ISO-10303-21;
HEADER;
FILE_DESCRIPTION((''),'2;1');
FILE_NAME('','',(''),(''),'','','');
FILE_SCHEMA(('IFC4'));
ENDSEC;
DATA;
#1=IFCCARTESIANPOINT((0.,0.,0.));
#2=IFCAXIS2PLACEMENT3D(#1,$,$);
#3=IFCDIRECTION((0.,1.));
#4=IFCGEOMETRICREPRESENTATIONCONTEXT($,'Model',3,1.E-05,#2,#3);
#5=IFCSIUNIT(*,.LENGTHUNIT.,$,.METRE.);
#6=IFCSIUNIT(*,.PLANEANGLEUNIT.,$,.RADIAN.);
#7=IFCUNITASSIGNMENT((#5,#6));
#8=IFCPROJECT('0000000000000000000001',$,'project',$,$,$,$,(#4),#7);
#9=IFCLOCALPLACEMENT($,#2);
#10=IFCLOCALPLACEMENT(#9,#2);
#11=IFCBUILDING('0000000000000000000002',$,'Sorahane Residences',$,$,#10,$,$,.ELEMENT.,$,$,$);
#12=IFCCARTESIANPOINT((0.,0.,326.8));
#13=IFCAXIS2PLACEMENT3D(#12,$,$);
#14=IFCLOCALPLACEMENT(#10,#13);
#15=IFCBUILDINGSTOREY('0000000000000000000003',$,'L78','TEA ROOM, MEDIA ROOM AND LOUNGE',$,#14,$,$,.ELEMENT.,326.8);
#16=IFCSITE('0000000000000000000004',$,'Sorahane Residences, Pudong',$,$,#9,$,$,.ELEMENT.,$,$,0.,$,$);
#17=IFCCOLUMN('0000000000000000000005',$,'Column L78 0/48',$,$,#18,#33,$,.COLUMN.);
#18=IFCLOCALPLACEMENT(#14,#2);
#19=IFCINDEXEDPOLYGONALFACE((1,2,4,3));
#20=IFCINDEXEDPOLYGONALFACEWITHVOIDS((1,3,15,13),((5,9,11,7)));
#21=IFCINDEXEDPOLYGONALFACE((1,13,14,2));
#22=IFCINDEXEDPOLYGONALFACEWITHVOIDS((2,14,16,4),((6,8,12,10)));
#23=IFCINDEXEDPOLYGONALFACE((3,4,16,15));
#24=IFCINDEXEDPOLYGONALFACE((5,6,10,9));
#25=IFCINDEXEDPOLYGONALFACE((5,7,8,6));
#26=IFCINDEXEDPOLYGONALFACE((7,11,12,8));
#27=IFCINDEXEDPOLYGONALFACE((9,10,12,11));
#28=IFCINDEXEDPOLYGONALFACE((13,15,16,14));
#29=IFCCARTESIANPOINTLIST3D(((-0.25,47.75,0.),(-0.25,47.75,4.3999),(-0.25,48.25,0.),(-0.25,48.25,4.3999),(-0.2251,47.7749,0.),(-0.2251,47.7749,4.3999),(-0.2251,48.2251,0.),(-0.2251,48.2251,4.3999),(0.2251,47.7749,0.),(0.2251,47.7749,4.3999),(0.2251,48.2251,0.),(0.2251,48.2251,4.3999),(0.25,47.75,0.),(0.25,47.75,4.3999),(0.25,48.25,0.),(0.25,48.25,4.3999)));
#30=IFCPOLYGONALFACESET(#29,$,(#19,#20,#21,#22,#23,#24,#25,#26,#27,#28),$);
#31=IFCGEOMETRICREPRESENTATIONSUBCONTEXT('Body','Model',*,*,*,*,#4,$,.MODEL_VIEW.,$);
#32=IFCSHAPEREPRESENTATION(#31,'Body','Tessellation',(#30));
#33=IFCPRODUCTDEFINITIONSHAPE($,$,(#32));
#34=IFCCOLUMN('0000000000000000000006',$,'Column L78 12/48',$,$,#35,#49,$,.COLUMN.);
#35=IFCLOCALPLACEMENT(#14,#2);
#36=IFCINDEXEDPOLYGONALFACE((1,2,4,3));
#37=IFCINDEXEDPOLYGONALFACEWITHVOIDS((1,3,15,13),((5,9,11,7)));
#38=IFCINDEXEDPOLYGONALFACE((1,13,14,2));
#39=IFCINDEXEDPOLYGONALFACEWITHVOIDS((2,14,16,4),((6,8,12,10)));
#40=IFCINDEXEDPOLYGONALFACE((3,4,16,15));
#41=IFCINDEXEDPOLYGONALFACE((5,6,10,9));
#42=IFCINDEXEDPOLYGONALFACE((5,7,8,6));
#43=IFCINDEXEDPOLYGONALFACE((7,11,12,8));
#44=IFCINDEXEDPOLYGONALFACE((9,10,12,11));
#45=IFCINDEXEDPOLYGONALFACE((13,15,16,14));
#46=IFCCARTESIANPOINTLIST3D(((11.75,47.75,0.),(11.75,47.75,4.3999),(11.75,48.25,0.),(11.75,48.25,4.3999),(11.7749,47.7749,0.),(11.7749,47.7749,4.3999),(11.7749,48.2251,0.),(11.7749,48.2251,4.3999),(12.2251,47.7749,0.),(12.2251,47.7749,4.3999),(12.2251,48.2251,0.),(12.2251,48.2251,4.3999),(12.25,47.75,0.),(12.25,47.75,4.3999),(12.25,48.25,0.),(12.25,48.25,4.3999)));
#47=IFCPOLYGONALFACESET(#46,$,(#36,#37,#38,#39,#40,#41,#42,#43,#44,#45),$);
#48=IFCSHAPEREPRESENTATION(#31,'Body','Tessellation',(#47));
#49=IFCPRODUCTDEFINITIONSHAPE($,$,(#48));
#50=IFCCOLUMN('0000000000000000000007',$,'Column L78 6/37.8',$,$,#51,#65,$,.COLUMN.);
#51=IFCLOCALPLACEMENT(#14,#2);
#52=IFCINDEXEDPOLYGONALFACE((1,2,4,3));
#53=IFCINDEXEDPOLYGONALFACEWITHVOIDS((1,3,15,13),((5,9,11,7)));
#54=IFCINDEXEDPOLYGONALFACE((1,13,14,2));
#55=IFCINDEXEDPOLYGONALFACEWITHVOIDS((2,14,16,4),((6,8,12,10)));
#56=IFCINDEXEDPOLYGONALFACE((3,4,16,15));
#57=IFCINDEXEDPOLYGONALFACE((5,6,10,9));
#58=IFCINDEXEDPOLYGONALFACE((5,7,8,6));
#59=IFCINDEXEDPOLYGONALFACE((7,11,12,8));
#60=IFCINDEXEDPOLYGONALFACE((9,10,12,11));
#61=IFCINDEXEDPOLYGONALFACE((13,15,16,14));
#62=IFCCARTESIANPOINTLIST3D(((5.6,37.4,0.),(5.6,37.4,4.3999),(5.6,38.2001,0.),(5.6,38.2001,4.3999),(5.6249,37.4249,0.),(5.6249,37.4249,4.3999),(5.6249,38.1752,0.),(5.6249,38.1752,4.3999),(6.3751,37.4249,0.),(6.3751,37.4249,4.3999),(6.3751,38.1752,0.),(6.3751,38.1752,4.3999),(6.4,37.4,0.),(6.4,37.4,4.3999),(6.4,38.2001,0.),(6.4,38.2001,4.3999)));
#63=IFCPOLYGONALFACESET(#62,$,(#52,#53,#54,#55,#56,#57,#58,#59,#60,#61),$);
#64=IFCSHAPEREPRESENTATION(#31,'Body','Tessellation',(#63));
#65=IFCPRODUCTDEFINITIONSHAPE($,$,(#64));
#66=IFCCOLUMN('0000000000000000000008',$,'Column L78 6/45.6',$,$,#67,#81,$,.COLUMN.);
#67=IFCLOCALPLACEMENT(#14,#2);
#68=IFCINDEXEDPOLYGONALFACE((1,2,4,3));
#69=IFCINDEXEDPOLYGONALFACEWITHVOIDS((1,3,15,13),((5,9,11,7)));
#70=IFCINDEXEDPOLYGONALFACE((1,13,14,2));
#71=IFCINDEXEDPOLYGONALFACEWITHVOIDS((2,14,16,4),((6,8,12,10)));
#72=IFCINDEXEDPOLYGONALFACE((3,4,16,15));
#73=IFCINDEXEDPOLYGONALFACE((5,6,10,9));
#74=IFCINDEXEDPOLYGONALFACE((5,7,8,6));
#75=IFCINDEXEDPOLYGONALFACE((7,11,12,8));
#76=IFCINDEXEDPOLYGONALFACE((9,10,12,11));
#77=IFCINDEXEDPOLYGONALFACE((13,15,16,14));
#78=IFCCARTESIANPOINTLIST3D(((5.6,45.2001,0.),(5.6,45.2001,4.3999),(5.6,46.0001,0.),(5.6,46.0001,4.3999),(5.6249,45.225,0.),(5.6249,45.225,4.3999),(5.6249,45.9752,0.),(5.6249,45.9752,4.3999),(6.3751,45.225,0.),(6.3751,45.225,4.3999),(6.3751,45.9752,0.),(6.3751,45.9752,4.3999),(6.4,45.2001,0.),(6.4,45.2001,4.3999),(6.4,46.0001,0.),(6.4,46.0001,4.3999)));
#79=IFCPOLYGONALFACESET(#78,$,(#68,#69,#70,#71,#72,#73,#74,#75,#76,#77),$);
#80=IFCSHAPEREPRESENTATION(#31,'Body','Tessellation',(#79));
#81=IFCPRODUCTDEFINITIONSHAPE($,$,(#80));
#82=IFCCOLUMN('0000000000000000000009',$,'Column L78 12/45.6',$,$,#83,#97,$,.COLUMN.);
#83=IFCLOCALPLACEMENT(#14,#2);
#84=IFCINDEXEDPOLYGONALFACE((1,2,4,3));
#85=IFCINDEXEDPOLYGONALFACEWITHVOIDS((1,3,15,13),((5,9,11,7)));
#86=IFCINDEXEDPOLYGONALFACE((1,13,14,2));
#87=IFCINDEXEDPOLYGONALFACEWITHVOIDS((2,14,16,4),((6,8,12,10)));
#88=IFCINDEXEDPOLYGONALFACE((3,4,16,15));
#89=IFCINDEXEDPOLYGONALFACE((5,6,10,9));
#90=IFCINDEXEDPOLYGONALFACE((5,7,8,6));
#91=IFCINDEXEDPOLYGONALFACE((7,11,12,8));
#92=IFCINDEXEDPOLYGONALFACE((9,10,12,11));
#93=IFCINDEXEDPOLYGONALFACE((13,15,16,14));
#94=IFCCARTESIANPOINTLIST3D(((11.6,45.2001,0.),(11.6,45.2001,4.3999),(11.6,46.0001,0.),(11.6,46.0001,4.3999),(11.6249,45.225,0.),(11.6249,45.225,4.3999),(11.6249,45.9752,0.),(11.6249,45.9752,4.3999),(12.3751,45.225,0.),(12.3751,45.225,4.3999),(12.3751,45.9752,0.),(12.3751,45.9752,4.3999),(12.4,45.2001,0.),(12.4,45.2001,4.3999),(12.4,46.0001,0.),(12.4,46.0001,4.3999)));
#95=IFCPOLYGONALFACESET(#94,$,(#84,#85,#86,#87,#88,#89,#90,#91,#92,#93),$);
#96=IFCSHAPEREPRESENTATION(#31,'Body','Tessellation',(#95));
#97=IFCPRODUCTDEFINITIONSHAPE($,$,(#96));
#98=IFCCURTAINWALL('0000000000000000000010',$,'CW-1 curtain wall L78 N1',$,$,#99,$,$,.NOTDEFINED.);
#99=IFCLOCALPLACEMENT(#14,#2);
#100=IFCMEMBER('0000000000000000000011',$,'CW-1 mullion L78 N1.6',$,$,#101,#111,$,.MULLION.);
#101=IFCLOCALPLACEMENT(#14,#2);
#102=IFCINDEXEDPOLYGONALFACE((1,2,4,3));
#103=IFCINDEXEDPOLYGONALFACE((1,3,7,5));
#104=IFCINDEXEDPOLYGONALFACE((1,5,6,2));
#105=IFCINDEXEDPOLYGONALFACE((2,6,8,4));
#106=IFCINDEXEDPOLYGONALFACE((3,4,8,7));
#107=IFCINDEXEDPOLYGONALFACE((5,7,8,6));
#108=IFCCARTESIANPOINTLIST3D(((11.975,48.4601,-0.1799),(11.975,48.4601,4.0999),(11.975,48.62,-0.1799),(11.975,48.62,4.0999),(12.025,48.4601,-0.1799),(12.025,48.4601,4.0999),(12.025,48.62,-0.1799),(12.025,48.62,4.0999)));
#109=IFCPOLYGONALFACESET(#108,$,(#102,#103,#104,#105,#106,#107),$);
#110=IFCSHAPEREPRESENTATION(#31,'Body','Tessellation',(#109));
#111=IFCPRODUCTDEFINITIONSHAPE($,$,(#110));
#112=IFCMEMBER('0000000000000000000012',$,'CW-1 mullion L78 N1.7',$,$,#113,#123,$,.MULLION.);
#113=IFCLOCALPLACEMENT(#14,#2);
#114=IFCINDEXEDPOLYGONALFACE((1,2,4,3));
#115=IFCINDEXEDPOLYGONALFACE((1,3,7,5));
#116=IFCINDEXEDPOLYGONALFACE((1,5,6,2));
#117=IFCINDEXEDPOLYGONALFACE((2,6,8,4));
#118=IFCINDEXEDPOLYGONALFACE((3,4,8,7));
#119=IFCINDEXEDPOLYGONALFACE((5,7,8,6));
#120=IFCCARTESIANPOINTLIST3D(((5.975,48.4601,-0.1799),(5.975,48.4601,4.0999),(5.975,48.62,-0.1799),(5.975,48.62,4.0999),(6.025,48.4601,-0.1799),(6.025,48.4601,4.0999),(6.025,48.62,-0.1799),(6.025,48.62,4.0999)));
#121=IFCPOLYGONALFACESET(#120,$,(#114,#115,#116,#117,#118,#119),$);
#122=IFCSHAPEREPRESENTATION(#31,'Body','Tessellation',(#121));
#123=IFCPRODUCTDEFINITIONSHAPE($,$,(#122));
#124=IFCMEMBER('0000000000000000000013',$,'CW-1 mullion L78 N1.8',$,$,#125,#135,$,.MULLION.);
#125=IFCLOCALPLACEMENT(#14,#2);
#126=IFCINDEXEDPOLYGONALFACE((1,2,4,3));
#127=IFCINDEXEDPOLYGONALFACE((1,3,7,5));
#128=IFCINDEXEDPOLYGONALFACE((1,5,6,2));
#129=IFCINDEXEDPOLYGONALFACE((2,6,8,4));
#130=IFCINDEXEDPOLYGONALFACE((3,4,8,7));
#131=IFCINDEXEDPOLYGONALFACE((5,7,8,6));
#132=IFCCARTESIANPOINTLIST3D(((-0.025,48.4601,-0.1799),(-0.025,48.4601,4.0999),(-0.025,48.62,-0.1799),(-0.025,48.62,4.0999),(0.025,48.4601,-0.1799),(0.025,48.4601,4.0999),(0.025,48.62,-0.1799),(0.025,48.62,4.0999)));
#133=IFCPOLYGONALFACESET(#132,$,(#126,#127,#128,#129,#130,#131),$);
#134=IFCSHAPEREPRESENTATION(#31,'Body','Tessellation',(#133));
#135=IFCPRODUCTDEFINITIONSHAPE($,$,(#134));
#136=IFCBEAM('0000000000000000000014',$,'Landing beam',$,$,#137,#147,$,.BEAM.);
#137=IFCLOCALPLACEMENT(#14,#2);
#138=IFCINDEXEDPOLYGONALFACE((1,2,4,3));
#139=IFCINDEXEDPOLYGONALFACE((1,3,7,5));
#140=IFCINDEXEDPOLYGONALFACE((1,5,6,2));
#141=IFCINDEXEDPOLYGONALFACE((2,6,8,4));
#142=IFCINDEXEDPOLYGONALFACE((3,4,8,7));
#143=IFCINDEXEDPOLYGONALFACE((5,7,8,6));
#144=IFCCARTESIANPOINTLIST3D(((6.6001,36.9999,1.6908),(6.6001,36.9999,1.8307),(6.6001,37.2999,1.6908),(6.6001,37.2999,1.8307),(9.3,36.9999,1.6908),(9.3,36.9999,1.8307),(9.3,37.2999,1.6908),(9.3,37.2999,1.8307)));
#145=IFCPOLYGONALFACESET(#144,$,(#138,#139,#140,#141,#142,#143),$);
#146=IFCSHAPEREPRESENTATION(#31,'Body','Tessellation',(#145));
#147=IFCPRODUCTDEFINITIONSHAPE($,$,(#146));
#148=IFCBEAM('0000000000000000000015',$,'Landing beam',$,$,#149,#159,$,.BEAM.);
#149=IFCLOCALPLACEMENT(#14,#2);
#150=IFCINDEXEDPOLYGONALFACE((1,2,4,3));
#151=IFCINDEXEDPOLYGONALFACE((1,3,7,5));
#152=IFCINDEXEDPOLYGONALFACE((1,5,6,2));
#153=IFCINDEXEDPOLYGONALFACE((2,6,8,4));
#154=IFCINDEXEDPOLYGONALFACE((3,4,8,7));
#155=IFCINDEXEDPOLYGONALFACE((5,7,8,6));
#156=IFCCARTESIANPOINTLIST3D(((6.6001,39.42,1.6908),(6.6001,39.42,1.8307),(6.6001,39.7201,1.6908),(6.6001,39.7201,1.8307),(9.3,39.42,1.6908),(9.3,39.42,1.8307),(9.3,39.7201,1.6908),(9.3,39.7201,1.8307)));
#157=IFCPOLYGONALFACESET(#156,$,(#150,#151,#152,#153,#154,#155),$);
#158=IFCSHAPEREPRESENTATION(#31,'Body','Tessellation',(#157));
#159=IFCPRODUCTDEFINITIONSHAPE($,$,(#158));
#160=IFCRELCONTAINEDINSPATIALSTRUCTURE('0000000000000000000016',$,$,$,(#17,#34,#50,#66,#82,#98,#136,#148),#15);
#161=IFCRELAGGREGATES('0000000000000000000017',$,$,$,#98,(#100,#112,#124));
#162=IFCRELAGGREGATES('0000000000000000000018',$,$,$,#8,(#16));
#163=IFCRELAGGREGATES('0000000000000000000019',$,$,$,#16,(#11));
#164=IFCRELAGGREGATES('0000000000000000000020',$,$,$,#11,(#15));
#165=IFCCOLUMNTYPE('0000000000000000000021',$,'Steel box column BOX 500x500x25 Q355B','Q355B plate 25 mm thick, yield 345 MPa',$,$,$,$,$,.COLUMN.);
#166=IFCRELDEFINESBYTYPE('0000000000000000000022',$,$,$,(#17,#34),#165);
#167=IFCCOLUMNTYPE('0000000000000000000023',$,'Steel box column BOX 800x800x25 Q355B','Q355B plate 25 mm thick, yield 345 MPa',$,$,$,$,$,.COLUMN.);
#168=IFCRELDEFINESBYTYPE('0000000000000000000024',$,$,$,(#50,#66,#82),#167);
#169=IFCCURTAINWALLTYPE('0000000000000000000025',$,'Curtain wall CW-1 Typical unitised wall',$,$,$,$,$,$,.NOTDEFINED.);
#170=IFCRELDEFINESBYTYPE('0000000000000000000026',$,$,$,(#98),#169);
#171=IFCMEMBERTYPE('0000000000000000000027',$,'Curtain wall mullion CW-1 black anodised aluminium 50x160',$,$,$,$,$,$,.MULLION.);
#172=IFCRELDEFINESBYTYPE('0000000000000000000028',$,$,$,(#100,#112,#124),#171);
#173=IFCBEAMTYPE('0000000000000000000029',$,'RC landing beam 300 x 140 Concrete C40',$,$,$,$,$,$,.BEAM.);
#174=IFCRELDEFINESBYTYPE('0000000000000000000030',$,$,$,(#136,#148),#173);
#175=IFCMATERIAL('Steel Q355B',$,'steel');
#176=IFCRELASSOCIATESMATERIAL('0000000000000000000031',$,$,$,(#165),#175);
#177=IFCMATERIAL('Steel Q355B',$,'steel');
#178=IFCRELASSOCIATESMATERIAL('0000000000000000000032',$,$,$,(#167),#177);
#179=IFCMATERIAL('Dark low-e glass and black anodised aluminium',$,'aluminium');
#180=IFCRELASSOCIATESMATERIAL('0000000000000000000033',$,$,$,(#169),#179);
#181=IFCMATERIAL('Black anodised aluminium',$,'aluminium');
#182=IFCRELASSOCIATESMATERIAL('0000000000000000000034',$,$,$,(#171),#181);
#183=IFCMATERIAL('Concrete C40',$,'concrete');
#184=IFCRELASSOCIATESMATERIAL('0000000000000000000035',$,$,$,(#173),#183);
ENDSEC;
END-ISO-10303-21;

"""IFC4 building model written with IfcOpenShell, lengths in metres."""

from ifc_helpers import new_model, si_unit, direction, frame, origin, origin_2d, place, context, subcontext, project, spatial, rectangle, hollow_rectangle, extrude, material, material_profile, profile_set, type_object, element, aggregate, save


model = new_model("IFC4")

# Units and contexts
model_context = context("Model", 3, precision=1e-05, world=origin(), true_north=direction((0.0, 1.0)))
body_context = subcontext(model_context, "Body", "Model", "MODEL_VIEW")
ifc_project = project(units=[si_unit("LENGTHUNIT", "METRE"), si_unit("PLANEANGLEUNIT", "RADIAN")], contexts=[model_context])

# Site, building, storey
site_placement = place(None, origin())
site = spatial("IfcSite", under=ifc_project, at=site_placement, Name="Sorahane Residences, Pudong", CompositionType="ELEMENT", RefElevation=0.0)
building_placement = place(site_placement, origin())
building = spatial("IfcBuilding", under=site, at=building_placement, Name="Sorahane Residences", CompositionType="ELEMENT")
storey_placement = place(building_placement, frame((0.0, 0.0, 326.8)))
storey = spatial("IfcBuildingStorey", under=building, at=storey_placement, Name="L78", Description="TEA ROOM, MEDIA ROOM AND LOUNGE", CompositionType="ELEMENT", Elevation=326.8)

# Columns
ifc_material_1 = material(Name="Steel Q355B", Category="steel")
ifc_material_profile_1 = material_profile(ifc_material_1, hollow_rectangle(XDim=0.5, YDim=0.5, WallThickness=0.0249, at=origin_2d()), Name="BOX 500x500x25")
ifc_profile_set_1 = profile_set([ifc_material_profile_1], Name="Steel Q355B")
column_type_1 = type_object("IfcColumnType", Name="Steel box column BOX 500x500x25 Q355B", Description="Q355B plate 25 mm thick, yield 345 MPa", PredefinedType="COLUMN", material=ifc_profile_set_1)
for number, where, z_axis, x_axis, name in (
    (1, (0.0, 48.0, 0.0), (0.0, 0.0, 1.0), (1.0, 0.0, 0.0), "Column L78 0/48"),
    (2, (12.0, 48.0, 0.0), (0.0, 0.0, 1.0), (1.0, 0.0, 0.0), "Column L78 12/48"),
):
    element("IfcColumn", number, at=place(storey_placement, frame(where, z_axis=z_axis, x_axis=x_axis)), inside=storey, type_object=column_type_1, Name=name, PredefinedType="COLUMN", context=body_context, shape_type="SweptSolid", body=[
        extrude(hollow_rectangle(XDim=0.5, YDim=0.5, WallThickness=0.0249, at=origin_2d()), origin(), (0.0, 0.0, 1.0), 4.3999),
    ])
ifc_material_2 = material(Name="Steel Q355B", Category="steel")
ifc_material_profile_2 = material_profile(ifc_material_2, hollow_rectangle(XDim=0.8, YDim=0.8, WallThickness=0.0249, at=origin_2d()), Name="BOX 800x800x25")
ifc_profile_set_2 = profile_set([ifc_material_profile_2], Name="Steel Q355B")
column_type_2 = type_object("IfcColumnType", Name="Steel box column BOX 800x800x25 Q355B", Description="Q355B plate 25 mm thick, yield 345 MPa", PredefinedType="COLUMN", material=ifc_profile_set_2)
for number, where, z_axis, x_axis, name in (
    (3, (6.0, 37.8, 0.0), (0.0, 0.0, 1.0), (1.0, 0.0, 0.0), "Column L78 6/37.8"),
    (4, (6.0, 45.6001, 0.0), (0.0, 0.0, 1.0), (1.0, 0.0, 0.0), "Column L78 6/45.6"),
    (5, (12.0, 45.6001, 0.0), (0.0, 0.0, 1.0), (1.0, 0.0, 0.0), "Column L78 12/45.6"),
):
    element("IfcColumn", number, at=place(storey_placement, frame(where, z_axis=z_axis, x_axis=x_axis)), inside=storey, type_object=column_type_2, Name=name, PredefinedType="COLUMN", context=body_context, shape_type="SweptSolid", body=[
        extrude(hollow_rectangle(XDim=0.8, YDim=0.8, WallThickness=0.0249, at=origin_2d()), origin(), (0.0, 0.0, 1.0), 4.3999),
    ])

# Curtain wall, members
ifc_material_3 = material(Name="Dark low-e glass and black anodised aluminium", Category="aluminium")
curtain_wall_type = type_object("IfcCurtainWallType", Name="Curtain wall CW-1 Typical unitised wall", PredefinedType="NOTDEFINED", material=ifc_material_3)
curtain_wall_placement = place(storey_placement, origin())
curtain_wall = element("IfcCurtainWall", 6, at=curtain_wall_placement, inside=storey, type_object=curtain_wall_type, Name="CW-1 curtain wall L78 N1", PredefinedType="NOTDEFINED")
ifc_material_4 = material(Name="Black anodised aluminium", Category="aluminium")
ifc_material_profile_3 = material_profile(ifc_material_4, rectangle(XDim=0.1599, YDim=0.05, at=origin_2d()), Name="Curtain wall mullion CW-1 black anodised aluminium 50x160")
ifc_profile_set_3 = profile_set([ifc_material_profile_3], Name="Black anodised aluminium")
member_type = type_object("IfcMemberType", Name="Curtain wall mullion CW-1 black anodised aluminium 50x160", PredefinedType="MULLION", material=ifc_profile_set_3)
member_1_placement = place(storey_placement, frame((12.0, 48.54, -0.1799), z_axis=(0.0, 0.0, 1.0), x_axis=(0.0, 1.0, 0.0)))
member_1 = element("IfcMember", 7, at=member_1_placement, type_object=member_type, Name="CW-1 mullion L78 N1.6", PredefinedType="MULLION", context=body_context, shape_type="SweptSolid", body=[
    extrude(rectangle(XDim=0.1599, YDim=0.05, at=origin_2d()), origin(), (0.0, 0.0, 1.0), 4.2798),
])
member_2_placement = place(storey_placement, frame((6.0, 48.54, -0.1799), z_axis=(0.0, 0.0, 1.0), x_axis=(0.0, 1.0, 0.0)))
member_2 = element("IfcMember", 8, at=member_2_placement, type_object=member_type, Name="CW-1 mullion L78 N1.7", PredefinedType="MULLION", context=body_context, shape_type="SweptSolid", body=[
    extrude(rectangle(XDim=0.1599, YDim=0.05, at=origin_2d()), origin(), (0.0, 0.0, 1.0), 4.2798),
])
member_3_placement = place(storey_placement, frame((0.0, 48.54, -0.1799), z_axis=(0.0, 0.0, 1.0), x_axis=(0.0, 1.0, 0.0)))
member_3 = element("IfcMember", 9, at=member_3_placement, type_object=member_type, Name="CW-1 mullion L78 N1.8", PredefinedType="MULLION", context=body_context, shape_type="SweptSolid", body=[
    extrude(rectangle(XDim=0.1599, YDim=0.05, at=origin_2d()), origin(), (0.0, 0.0, 1.0), 4.2798),
])

# Beams
ifc_material_5 = material(Name="Concrete C40", Category="concrete")
ifc_material_profile_4 = material_profile(ifc_material_5, rectangle(XDim=0.3, YDim=0.1399, at=origin_2d()), Name="300x140")
ifc_profile_set_4 = profile_set([ifc_material_profile_4], Name="Concrete C40")
beam_type_1 = type_object("IfcBeamType", Name="RC landing beam 300 x 140 Concrete C40", PredefinedType="BEAM", material=ifc_profile_set_4)
for number, where, z_axis, x_axis, name in (
    (10, (6.6001, 37.1499, 1.7607), (1.0, 0.0, 0.0), (0.0, 1.0, 0.0), "Landing beam"),
    (11, (6.6001, 39.5701, 1.7607), (1.0, 0.0, 0.0), (0.0, 1.0, 0.0), "Landing beam"),
):
    element("IfcBeam", number, at=place(storey_placement, frame(where, z_axis=z_axis, x_axis=x_axis)), inside=storey, type_object=beam_type_1, Name=name, PredefinedType="BEAM", context=body_context, shape_type="SweptSolid", body=[
        extrude(rectangle(XDim=0.3, YDim=0.1399, at=origin_2d()), origin(), (0.0, 0.0, 1.0), 2.7),
    ])

aggregate(curtain_wall, [member_1, member_2, member_3])

save(model, "model.ifc")
